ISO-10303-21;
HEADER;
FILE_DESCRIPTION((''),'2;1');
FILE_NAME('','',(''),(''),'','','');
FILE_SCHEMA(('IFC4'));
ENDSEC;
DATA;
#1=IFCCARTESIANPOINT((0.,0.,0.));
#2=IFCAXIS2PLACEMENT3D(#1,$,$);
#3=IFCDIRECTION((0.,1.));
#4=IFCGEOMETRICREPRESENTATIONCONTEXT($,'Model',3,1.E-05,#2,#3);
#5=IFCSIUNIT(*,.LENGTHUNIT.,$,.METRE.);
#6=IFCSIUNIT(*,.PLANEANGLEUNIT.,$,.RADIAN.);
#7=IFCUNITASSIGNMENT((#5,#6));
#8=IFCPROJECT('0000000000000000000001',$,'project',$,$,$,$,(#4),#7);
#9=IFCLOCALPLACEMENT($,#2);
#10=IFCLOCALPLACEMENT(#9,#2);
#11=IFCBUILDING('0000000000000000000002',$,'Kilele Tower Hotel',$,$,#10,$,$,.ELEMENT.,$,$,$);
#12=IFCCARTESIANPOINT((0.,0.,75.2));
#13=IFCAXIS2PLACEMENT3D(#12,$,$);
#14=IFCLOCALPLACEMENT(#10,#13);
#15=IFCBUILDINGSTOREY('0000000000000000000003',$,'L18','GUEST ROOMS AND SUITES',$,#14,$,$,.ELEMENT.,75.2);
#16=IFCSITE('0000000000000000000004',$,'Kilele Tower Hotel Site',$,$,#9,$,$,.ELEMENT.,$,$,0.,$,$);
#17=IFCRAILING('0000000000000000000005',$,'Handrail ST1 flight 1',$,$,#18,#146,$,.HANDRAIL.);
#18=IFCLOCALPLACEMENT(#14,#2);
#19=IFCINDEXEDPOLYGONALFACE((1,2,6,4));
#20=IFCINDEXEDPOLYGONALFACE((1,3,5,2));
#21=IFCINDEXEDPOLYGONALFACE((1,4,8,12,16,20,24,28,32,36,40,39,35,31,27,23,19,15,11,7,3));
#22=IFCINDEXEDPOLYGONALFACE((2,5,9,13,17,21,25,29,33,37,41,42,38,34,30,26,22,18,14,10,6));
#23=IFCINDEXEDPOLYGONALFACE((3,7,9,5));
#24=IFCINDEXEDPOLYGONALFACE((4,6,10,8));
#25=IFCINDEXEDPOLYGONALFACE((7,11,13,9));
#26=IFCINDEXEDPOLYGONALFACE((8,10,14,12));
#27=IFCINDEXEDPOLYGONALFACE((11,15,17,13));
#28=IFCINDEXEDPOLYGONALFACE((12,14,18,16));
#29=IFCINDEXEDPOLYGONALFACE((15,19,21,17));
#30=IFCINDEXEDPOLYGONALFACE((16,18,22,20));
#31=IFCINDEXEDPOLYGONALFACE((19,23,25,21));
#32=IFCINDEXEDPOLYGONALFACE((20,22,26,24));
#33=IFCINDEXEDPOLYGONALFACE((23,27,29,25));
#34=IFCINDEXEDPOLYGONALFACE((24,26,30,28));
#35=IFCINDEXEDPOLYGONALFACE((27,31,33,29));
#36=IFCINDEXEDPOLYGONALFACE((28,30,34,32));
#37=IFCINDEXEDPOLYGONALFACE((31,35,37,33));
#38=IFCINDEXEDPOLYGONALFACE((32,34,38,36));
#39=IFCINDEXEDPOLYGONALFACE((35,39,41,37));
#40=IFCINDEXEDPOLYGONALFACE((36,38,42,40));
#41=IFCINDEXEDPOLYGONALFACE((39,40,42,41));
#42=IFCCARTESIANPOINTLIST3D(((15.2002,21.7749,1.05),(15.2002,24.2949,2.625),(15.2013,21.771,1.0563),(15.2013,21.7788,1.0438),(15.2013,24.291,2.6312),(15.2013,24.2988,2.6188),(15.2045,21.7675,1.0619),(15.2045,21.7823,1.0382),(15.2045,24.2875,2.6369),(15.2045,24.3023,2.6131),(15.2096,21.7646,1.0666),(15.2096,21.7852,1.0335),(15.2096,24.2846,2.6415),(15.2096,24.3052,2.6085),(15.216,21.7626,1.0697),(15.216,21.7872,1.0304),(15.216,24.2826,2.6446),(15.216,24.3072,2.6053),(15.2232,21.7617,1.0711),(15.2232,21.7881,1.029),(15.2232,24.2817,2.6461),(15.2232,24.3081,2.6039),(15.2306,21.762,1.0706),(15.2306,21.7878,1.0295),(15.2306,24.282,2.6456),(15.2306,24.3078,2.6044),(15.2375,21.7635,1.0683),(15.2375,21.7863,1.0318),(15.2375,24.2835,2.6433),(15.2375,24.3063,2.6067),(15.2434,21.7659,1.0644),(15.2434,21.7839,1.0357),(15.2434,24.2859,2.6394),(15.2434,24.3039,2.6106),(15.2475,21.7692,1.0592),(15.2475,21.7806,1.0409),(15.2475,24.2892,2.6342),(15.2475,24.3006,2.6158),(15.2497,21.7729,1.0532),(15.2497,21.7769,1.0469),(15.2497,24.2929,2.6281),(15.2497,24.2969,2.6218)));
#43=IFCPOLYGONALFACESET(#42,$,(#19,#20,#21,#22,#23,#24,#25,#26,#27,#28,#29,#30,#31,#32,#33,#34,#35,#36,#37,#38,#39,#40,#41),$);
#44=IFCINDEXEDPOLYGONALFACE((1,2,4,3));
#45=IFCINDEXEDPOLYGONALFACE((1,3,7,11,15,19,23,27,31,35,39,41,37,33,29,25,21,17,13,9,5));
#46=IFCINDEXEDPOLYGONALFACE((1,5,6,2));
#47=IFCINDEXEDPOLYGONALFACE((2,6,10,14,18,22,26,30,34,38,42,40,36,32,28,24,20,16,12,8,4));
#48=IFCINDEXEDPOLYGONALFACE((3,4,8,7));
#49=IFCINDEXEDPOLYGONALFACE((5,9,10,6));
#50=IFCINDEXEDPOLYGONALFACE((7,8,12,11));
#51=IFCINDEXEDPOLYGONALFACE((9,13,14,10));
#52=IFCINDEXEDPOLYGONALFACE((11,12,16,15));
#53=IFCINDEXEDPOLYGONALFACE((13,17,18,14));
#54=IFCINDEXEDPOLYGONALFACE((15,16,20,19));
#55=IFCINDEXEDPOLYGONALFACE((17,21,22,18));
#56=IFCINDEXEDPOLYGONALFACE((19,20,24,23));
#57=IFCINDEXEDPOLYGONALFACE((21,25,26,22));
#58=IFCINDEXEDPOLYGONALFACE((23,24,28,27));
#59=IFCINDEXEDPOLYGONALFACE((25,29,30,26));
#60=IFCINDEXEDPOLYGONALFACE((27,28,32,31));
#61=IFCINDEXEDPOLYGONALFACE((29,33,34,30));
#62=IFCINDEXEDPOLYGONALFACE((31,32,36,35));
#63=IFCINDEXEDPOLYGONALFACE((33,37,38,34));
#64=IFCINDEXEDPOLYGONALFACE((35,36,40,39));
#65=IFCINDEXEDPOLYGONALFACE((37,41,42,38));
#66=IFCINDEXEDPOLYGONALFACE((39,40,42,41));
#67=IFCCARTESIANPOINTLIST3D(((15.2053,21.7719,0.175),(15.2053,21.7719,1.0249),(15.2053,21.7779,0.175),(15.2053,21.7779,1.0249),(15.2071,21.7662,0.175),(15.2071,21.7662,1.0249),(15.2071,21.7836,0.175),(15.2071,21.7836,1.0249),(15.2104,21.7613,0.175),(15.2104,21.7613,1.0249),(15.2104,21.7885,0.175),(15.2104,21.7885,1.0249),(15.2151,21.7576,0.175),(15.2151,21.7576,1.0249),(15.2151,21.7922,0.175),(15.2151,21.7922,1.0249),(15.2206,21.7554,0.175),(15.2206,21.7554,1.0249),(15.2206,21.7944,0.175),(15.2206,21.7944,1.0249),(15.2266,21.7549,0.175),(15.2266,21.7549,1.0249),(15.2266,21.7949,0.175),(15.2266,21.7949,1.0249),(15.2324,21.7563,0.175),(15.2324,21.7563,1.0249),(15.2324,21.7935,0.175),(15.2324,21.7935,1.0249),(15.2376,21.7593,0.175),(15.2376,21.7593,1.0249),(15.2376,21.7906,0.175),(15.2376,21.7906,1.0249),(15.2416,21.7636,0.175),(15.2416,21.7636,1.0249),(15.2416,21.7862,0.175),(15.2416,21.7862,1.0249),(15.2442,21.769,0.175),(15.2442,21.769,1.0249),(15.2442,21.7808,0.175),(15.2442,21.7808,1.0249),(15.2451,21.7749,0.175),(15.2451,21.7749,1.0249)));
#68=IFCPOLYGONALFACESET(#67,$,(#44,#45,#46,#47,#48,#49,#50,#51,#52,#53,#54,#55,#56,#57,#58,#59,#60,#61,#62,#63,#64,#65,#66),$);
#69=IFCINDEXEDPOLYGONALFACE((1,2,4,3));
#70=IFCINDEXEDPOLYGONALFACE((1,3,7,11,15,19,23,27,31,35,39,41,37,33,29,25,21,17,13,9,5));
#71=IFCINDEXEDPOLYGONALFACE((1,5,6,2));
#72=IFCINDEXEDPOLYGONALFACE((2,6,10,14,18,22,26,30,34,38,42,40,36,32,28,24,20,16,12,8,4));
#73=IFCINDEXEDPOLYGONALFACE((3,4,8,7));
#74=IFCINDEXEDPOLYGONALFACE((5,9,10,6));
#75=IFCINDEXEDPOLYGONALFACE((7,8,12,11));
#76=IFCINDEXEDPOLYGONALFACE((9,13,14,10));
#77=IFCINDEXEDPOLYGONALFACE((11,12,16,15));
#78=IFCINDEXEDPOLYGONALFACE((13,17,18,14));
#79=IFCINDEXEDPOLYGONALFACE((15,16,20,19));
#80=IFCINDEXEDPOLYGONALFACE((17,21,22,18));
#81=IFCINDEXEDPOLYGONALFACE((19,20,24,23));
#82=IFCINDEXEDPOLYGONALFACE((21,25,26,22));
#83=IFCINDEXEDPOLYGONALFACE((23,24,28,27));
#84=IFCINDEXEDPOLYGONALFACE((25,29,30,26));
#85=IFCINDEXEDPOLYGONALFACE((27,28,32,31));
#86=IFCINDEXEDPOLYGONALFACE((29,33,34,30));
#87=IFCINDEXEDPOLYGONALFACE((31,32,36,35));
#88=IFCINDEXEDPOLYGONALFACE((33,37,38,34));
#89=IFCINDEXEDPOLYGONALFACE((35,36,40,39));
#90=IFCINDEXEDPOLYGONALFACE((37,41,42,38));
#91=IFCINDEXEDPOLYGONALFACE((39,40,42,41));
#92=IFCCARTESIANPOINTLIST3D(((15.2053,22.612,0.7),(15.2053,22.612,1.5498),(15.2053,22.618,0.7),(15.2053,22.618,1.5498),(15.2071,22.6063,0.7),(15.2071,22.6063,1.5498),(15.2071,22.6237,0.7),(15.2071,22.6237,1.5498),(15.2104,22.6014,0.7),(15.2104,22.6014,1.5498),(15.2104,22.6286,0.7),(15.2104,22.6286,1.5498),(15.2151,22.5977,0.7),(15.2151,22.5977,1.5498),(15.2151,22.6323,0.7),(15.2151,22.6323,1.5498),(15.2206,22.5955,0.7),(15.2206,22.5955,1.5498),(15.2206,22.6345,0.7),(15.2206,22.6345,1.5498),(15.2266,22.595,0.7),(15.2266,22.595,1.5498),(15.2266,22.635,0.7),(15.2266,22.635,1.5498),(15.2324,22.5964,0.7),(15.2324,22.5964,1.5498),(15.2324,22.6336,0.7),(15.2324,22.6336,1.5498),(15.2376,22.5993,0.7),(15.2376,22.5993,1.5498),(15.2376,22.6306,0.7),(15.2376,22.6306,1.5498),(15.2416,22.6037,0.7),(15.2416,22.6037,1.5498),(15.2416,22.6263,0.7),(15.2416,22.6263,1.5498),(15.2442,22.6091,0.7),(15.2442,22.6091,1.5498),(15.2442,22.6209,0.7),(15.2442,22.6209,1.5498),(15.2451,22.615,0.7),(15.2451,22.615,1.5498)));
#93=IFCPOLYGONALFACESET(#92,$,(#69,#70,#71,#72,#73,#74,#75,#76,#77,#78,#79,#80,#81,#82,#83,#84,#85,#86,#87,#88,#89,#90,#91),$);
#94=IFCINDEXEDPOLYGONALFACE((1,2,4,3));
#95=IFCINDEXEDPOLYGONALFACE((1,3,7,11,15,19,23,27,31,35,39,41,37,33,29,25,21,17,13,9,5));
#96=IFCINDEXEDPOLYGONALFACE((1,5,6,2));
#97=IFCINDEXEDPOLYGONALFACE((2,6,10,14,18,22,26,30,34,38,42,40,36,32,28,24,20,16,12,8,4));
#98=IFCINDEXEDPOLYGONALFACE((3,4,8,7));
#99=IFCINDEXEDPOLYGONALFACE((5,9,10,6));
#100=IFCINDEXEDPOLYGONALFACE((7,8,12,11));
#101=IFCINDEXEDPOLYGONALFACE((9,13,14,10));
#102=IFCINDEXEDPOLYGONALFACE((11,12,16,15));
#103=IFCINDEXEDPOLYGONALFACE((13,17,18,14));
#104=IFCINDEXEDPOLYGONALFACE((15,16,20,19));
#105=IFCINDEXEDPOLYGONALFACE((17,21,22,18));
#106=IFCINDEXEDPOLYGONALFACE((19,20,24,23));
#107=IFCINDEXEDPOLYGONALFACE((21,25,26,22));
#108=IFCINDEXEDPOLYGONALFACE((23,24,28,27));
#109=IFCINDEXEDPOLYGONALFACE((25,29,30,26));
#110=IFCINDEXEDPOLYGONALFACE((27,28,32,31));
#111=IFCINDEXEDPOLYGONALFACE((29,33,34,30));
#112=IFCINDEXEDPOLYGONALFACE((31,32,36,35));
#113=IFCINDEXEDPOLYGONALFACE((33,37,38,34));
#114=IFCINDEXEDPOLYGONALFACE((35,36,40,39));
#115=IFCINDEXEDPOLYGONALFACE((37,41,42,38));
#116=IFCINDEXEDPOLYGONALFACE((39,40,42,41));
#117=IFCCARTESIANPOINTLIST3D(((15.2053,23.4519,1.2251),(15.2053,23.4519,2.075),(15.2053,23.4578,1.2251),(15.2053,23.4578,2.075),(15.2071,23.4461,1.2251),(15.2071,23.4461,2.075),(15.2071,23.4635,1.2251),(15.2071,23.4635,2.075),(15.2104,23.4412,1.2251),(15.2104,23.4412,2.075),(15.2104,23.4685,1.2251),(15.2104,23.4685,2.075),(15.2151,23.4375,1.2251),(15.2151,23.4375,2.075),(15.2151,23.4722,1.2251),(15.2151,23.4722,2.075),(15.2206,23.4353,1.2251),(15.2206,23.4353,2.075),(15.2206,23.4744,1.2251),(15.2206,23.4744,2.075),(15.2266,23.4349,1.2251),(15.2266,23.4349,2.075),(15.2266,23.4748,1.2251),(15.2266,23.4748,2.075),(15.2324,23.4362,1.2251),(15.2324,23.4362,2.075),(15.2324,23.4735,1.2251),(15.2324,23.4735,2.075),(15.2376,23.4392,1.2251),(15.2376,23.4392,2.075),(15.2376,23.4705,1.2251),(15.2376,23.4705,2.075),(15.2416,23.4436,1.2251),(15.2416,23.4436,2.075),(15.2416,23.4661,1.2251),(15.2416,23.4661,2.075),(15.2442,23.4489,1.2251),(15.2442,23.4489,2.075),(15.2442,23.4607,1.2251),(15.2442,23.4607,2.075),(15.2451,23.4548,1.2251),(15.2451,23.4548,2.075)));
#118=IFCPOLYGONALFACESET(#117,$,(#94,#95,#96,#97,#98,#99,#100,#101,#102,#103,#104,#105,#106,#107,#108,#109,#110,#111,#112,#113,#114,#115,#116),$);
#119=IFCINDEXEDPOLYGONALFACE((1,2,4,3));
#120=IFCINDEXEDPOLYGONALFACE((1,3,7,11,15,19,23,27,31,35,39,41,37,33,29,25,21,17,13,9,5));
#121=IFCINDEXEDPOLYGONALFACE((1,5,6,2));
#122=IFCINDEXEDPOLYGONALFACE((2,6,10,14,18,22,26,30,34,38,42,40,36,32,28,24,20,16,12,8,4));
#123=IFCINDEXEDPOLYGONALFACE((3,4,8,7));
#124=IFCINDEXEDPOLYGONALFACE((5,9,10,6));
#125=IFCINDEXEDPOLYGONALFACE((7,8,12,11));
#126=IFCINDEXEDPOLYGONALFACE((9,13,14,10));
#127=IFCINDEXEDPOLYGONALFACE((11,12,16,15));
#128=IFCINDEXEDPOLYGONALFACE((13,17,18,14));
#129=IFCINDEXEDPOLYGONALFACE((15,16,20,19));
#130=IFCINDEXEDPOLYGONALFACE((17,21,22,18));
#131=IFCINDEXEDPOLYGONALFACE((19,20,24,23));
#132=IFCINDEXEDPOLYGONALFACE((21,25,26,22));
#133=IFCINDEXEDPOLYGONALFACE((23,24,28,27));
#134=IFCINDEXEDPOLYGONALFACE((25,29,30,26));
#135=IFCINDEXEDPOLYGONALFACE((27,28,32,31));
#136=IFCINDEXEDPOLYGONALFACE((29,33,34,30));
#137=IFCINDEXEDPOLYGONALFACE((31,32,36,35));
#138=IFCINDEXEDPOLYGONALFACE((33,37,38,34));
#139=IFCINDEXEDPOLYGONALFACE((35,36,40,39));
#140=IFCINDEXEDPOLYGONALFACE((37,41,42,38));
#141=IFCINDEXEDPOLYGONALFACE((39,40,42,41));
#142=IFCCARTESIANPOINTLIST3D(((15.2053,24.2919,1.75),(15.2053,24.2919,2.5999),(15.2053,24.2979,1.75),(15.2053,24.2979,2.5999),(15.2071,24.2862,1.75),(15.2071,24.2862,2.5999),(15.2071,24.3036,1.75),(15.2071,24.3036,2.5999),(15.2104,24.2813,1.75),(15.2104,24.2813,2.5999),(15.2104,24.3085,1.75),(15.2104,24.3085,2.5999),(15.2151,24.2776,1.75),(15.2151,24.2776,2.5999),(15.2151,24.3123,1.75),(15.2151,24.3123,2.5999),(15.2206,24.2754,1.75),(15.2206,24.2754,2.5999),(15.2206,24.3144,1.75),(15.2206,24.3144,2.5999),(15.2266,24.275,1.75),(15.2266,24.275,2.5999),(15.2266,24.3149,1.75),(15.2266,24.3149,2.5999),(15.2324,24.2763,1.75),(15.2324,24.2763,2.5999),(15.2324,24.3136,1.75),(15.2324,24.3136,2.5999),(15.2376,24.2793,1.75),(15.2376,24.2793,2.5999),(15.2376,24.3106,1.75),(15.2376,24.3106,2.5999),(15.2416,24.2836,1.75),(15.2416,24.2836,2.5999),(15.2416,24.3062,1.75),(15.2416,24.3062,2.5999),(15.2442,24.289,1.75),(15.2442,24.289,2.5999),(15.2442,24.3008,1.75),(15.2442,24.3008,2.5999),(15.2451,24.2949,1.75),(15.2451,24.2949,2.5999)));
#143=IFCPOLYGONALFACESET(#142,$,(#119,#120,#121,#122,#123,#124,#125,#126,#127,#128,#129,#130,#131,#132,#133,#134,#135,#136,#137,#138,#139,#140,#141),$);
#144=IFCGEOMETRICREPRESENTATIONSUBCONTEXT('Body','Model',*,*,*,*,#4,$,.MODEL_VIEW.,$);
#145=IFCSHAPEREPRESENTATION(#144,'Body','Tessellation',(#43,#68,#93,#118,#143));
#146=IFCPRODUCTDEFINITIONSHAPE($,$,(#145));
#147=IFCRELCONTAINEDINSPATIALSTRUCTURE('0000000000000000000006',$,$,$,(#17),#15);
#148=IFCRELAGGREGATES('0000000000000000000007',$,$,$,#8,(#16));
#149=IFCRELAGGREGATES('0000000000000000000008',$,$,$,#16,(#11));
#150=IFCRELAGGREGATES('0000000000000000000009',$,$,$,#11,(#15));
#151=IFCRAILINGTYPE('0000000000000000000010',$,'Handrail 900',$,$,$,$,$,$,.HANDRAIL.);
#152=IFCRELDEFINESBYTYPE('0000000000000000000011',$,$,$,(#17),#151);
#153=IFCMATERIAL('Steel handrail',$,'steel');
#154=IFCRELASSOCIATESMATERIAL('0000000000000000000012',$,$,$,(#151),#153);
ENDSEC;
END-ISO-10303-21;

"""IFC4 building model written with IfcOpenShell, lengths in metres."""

from ifc_helpers import new_model, si_unit, direction, frame, origin, origin_2d, place, context, subcontext, project, spatial, circle, extrude, material, type_object, element, save


model = new_model("IFC4")

# Units and contexts
model_context = context("Model", 3, precision=1e-05, world=origin(), true_north=direction((0.0, 1.0)))
body_context = subcontext(model_context, "Body", "Model", "MODEL_VIEW")
ifc_project = project(units=[si_unit("LENGTHUNIT", "METRE"), si_unit("PLANEANGLEUNIT", "RADIAN")], contexts=[model_context])

# Site, building, storey
site_placement = place(None, origin())
site = spatial("IfcSite", under=ifc_project, at=site_placement, Name="Kilele Tower Hotel Site", CompositionType="ELEMENT", RefElevation=0.0)
building_placement = place(site_placement, origin())
building = spatial("IfcBuilding", under=site, at=building_placement, Name="Kilele Tower Hotel", CompositionType="ELEMENT")
storey_placement = place(building_placement, frame((0.0, 0.0, 75.2)))
storey = spatial("IfcBuildingStorey", under=building, at=storey_placement, Name="L18", Description="GUEST ROOMS AND SUITES", CompositionType="ELEMENT", Elevation=75.2)

# Railing
ifc_material_1 = material(Name="Steel handrail", Category="steel")
railing_type_1 = type_object("IfcRailingType", Name="Handrail 900", PredefinedType="HANDRAIL", material=ifc_material_1)
for number, where, name in (
    (1, (15.2251, 21.7749, 0.175), "Handrail ST1 flight 1"),
):
    element("IfcRailing", number, at=place(storey_placement, frame(where)), inside=storey, type_object=railing_type_1, Name=name, PredefinedType="HANDRAIL", context=body_context, shape_type="SweptSolid", body=[
        extrude(circle(Radius=0.0249, at=origin_2d()), frame((0.0, 0.0, 0.875), z_axis=(0.0, 0.848008, 0.529984), x_axis=(-1.0, 0.0, 0.0)), (0.0, 0.0, 1.0), 2.9717),
        extrude(circle(Radius=0.02, at=origin_2d()), origin(), (0.0, 0.0, 1.0), 0.8499),
        extrude(circle(Radius=0.02, at=origin_2d()), frame((0.0, 0.8401, 0.5249)), (0.0, 0.0, 1.0), 0.8499),
        extrude(circle(Radius=0.02, at=origin_2d()), frame((0.0, 1.6799, 1.05)), (0.0, 0.0, 1.0), 0.8499),
        extrude(circle(Radius=0.02, at=origin_2d()), frame((0.0, 2.52, 1.575)), (0.0, 0.0, 1.0), 0.8499),
    ])

save(model, "model.ifc")
